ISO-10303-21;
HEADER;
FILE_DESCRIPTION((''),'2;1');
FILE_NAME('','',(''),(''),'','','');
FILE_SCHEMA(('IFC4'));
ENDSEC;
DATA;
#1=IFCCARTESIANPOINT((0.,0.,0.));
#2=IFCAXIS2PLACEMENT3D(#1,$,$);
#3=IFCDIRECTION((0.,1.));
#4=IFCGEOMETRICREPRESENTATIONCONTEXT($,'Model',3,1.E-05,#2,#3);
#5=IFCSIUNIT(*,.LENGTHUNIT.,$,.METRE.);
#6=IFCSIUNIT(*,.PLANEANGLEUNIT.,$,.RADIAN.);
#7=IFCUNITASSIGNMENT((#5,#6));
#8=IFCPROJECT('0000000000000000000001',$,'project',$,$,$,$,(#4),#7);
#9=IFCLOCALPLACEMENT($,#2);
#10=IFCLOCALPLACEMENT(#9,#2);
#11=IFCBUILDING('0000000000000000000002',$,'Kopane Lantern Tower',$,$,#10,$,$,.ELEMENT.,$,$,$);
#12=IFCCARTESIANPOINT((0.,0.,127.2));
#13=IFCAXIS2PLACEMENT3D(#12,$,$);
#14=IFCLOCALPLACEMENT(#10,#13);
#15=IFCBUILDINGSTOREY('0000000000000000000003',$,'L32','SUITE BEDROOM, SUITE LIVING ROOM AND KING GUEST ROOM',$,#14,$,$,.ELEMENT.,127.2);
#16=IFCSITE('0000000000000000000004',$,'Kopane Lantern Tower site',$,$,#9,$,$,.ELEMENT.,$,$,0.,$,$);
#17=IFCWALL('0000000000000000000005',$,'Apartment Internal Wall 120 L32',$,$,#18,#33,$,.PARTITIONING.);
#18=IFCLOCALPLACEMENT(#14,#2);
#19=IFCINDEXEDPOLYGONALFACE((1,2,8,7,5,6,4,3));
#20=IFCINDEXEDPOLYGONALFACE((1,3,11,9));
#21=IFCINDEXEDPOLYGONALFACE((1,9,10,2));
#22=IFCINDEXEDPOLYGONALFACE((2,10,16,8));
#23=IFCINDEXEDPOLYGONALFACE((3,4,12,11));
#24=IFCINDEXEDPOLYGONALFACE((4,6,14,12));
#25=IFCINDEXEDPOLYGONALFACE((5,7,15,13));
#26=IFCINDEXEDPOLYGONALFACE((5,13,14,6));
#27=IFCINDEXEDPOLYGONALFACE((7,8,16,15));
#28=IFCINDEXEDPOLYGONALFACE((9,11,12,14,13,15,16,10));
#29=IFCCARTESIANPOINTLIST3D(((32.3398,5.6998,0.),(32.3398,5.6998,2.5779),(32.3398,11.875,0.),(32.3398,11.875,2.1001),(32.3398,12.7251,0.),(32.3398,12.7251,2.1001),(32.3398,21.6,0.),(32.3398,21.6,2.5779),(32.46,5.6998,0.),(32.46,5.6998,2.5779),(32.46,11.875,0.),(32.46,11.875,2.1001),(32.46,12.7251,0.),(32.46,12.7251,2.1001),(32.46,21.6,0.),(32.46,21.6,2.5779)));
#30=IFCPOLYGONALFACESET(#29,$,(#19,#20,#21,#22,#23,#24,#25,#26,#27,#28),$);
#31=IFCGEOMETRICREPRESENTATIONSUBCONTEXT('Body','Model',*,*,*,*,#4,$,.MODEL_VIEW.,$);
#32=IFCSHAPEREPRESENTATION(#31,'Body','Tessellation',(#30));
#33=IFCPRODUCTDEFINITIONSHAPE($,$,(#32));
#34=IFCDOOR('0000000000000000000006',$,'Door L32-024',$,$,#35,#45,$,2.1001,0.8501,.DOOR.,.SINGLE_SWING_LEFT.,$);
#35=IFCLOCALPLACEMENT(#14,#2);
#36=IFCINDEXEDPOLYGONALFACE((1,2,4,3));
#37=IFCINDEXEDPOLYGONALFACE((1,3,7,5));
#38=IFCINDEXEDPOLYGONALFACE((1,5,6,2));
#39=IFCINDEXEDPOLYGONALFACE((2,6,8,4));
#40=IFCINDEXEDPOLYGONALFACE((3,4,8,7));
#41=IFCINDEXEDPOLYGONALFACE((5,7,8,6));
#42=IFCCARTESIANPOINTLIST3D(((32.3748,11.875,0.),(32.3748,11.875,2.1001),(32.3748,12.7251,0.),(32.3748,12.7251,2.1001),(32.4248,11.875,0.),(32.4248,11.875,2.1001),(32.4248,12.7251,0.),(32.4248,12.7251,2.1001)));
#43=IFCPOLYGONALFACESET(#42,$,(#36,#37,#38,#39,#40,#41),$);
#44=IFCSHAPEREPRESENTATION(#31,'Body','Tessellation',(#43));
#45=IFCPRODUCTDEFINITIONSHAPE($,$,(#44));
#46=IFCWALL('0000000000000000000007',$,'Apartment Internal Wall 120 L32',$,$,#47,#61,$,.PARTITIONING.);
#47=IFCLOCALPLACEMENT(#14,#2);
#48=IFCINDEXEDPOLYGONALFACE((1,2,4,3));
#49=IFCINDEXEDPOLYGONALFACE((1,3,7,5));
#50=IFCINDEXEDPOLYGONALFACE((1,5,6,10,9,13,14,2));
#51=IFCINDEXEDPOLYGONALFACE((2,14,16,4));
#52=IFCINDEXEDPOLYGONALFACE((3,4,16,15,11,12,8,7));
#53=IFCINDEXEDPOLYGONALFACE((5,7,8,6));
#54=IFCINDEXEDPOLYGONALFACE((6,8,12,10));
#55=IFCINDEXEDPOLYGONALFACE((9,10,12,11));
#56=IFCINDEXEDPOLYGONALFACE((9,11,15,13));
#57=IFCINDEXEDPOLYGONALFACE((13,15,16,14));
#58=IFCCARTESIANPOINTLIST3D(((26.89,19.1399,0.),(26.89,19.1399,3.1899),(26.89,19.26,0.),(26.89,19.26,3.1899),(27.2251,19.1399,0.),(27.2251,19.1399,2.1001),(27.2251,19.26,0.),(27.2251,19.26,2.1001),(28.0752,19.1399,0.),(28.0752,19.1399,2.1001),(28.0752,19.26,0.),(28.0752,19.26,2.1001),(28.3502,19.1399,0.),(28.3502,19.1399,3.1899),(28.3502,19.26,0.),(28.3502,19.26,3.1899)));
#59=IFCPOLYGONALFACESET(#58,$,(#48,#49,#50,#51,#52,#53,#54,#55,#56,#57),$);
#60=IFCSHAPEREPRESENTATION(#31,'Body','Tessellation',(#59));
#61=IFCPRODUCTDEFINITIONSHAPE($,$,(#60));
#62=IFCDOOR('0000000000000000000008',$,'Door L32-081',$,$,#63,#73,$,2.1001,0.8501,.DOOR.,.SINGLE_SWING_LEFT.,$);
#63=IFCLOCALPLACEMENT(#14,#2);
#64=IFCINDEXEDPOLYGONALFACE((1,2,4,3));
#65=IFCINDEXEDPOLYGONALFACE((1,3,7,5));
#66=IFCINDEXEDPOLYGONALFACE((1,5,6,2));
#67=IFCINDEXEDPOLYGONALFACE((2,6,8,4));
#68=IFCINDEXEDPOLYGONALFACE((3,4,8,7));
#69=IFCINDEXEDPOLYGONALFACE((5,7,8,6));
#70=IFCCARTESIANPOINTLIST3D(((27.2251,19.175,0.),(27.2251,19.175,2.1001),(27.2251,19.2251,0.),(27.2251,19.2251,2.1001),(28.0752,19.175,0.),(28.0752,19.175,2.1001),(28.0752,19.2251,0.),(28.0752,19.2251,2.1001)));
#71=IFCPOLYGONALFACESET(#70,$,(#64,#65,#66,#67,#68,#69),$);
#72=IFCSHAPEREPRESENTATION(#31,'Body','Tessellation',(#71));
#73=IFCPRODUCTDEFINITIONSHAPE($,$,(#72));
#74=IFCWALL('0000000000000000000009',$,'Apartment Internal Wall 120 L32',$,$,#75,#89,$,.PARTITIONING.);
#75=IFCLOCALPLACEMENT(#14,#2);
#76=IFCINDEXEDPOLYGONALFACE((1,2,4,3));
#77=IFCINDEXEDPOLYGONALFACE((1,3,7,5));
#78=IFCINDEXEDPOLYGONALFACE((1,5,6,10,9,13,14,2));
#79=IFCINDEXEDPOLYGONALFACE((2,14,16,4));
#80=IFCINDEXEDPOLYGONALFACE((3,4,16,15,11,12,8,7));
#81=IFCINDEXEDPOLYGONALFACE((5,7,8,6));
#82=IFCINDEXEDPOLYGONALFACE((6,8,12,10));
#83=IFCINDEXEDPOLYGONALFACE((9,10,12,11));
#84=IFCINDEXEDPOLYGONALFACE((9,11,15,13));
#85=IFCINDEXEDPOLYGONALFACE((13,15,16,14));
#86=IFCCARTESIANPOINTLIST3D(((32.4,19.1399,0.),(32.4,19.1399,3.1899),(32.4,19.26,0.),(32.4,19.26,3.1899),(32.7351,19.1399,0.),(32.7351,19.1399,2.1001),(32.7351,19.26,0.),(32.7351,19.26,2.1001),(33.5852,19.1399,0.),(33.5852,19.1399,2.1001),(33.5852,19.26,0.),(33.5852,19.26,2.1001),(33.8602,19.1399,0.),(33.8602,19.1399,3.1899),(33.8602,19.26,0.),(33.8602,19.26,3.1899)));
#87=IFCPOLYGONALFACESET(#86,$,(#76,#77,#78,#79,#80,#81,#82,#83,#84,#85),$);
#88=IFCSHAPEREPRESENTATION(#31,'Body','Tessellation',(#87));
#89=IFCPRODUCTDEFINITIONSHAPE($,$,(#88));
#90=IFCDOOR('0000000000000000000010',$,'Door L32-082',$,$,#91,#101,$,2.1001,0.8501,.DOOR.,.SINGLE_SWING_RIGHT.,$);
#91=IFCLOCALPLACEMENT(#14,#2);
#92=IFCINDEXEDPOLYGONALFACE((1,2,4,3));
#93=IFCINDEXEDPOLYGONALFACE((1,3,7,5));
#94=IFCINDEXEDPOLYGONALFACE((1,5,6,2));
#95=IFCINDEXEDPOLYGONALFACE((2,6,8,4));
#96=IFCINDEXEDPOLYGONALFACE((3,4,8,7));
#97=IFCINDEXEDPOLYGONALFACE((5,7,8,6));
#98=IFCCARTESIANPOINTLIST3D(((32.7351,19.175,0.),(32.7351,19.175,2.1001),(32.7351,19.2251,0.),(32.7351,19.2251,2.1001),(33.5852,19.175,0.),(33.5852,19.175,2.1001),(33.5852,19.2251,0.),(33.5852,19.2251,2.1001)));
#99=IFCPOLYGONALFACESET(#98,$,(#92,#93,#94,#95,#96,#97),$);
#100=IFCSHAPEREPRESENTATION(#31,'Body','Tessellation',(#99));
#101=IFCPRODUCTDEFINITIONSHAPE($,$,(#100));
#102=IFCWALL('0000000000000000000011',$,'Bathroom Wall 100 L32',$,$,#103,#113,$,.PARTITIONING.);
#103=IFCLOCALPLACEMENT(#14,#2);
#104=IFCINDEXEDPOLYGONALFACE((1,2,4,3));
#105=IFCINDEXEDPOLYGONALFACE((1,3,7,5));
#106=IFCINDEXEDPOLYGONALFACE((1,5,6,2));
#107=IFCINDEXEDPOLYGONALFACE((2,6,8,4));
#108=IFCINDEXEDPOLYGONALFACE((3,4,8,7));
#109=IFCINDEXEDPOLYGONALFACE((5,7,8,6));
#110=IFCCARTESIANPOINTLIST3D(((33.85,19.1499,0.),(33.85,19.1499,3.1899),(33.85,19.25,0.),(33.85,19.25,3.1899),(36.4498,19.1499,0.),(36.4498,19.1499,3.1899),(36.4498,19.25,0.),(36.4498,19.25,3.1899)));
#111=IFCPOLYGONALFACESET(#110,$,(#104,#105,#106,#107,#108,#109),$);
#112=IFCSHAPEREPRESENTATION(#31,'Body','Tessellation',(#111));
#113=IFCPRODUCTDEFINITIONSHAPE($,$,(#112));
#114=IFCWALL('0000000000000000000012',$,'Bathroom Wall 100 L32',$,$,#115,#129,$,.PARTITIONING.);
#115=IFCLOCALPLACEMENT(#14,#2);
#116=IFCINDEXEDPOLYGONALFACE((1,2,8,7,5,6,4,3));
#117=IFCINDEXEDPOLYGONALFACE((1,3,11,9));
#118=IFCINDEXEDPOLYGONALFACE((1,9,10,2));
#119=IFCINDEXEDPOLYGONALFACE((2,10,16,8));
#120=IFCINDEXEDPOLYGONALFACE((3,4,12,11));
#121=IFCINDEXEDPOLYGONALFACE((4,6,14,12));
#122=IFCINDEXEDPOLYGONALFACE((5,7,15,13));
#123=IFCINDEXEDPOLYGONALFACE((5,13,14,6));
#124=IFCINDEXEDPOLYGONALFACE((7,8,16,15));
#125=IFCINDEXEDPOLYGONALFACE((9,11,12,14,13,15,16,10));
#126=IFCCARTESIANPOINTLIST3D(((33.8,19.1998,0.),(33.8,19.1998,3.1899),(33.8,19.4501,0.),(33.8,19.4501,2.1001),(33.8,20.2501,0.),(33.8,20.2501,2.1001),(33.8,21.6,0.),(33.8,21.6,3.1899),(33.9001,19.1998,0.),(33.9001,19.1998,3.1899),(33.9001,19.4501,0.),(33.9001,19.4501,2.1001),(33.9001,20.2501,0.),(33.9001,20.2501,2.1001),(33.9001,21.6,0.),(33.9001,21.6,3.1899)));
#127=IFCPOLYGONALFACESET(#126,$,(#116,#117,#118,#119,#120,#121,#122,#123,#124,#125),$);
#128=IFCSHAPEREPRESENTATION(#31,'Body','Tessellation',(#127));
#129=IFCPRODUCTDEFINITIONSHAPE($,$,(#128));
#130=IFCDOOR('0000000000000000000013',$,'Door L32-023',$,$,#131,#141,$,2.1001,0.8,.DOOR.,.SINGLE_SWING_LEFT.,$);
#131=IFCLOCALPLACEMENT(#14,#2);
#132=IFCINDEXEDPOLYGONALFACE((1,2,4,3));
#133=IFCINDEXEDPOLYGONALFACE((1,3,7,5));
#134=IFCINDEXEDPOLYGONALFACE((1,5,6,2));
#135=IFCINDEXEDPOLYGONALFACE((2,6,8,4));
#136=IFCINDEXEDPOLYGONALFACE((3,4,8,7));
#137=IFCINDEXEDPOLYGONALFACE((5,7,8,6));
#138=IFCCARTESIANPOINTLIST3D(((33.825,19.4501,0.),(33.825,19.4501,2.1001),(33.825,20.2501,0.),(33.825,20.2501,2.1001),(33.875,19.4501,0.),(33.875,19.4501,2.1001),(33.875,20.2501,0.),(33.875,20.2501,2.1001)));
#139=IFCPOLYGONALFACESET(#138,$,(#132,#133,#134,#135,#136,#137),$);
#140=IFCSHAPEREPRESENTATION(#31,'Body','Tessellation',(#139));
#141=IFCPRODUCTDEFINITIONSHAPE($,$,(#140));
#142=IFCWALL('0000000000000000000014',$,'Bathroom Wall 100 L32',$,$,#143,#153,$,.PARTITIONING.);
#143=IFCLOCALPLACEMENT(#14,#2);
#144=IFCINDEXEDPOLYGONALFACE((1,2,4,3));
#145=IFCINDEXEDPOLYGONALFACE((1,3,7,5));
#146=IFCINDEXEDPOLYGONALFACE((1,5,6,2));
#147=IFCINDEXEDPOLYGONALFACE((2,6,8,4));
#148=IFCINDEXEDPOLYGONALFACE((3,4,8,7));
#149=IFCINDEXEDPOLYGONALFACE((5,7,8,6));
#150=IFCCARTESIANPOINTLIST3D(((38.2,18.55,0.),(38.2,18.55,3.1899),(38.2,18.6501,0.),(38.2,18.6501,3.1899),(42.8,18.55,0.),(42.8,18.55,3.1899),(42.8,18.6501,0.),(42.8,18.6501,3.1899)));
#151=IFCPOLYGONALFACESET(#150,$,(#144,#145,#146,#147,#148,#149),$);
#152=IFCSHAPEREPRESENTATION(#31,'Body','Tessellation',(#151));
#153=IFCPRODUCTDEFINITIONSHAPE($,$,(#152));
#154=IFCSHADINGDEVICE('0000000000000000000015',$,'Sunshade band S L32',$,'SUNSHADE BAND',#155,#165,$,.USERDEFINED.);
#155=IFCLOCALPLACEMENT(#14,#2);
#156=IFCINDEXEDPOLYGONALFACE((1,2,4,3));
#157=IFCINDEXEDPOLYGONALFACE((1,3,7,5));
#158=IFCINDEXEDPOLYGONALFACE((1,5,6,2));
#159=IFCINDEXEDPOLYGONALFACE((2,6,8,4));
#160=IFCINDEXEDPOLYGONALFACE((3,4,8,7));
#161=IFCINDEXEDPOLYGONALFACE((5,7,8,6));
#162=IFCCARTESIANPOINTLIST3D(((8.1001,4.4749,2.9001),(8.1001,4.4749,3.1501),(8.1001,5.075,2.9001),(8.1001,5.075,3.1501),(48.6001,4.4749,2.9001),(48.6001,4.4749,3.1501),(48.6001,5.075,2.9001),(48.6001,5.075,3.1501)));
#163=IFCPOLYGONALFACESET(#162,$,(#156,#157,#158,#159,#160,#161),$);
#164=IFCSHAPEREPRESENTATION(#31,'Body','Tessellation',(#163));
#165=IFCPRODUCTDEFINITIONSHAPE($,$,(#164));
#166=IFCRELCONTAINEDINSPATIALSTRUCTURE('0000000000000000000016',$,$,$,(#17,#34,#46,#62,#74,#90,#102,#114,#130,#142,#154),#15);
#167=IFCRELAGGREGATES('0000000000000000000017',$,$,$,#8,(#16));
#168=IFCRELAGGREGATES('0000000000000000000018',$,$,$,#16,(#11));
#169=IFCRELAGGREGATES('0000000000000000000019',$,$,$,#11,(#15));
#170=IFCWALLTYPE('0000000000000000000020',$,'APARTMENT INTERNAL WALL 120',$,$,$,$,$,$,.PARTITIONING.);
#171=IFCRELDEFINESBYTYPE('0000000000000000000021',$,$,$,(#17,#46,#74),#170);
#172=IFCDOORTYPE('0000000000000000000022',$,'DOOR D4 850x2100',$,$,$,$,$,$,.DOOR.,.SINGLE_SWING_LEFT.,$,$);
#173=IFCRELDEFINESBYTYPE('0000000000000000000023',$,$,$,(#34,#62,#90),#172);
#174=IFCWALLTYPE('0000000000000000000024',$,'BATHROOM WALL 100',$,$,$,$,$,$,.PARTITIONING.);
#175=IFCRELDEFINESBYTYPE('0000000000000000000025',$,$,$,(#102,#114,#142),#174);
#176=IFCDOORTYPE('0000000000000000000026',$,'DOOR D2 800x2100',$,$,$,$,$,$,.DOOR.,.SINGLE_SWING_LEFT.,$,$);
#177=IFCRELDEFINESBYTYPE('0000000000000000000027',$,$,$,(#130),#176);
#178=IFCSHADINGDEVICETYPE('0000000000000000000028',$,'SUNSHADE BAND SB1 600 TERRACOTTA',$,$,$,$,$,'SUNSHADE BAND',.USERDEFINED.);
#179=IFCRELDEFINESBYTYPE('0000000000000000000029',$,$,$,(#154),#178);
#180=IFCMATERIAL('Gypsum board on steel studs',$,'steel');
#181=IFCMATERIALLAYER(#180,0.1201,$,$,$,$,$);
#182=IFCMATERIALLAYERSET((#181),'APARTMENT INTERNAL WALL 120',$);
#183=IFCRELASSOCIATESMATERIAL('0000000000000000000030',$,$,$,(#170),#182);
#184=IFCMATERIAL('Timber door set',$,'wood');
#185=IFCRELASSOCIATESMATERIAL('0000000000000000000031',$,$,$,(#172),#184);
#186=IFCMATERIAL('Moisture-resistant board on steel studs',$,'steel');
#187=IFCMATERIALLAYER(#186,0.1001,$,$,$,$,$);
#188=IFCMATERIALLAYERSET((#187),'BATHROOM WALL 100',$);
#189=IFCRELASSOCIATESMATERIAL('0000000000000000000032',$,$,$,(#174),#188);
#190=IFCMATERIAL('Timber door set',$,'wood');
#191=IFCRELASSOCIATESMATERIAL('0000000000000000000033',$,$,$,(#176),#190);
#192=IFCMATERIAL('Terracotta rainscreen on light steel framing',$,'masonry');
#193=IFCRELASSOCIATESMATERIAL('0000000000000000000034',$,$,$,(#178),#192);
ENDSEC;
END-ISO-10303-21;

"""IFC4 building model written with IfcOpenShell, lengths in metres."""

from ifc_helpers import new_model, si_unit, direction, frame, frame_2d, origin, origin_2d, place, context, subcontext, project, spatial, rectangle, extrude, material, layer, layer_set, type_object, element, fill, save


model = new_model("IFC4")

# Units and contexts
model_context = context("Model", 3, precision=1e-05, world=origin(), true_north=direction((0.0, 1.0)))
body_context = subcontext(model_context, "Body", "Model", "MODEL_VIEW")
ifc_project = project(units=[si_unit("LENGTHUNIT", "METRE"), si_unit("PLANEANGLEUNIT", "RADIAN")], contexts=[model_context])

# Site, building, storey
site_placement = place(None, origin())
site = spatial("IfcSite", under=ifc_project, at=site_placement, Name="Kopane Lantern Tower site", CompositionType="ELEMENT", RefElevation=0.0)
building_placement = place(site_placement, origin())
building = spatial("IfcBuilding", under=site, at=building_placement, Name="Kopane Lantern Tower", CompositionType="ELEMENT")
storey_placement = place(building_placement, frame((0.0, 0.0, 127.2)))
storey = spatial("IfcBuildingStorey", under=building, at=storey_placement, Name="L32", Description="SUITE BEDROOM, SUITE LIVING ROOM AND KING GUEST ROOM", CompositionType="ELEMENT", Elevation=127.2)

# Walls, openings, doors
ifc_material_1 = material(Name="Gypsum board on steel studs", Category="steel")
ifc_layer_1 = layer(ifc_material_1, 0.1201)
ifc_layer_set_1 = layer_set([ifc_layer_1], Name="APARTMENT INTERNAL WALL 120")
wall_type_1 = type_object("IfcWallType", Name="APARTMENT INTERNAL WALL 120", PredefinedType="PARTITIONING", material=ifc_layer_set_1)
ifc_material_2 = material(Name="Timber door set", Category="wood")
door_type_1 = type_object("IfcDoorType", Name="DOOR D4 850x2100", OperationType="SINGLE_SWING_LEFT", PredefinedType="DOOR", material=ifc_material_2)
wall_1_placement = place(storey_placement, frame((32.3999, 21.6001, 0.0), z_axis=(0.0, 0.0, 1.0), x_axis=(0.0, -1.0, 0.0)))
wall_1 = element("IfcWall", 1, at=wall_1_placement, inside=storey, type_object=wall_type_1, Name="Apartment Internal Wall 120 L32", PredefinedType="PARTITIONING", context=body_context, shape_type="SweptSolid", body=[
    extrude(rectangle(XDim=15.9001, YDim=0.1201, at=frame_2d((7.9502, 0.0))), origin(), (0.0, 0.0, 1.0), 2.5779),
])
opening_1_placement = place(wall_1_placement, frame((8.875, 0.0, 0.0)))
opening_1 = element("IfcOpeningElement", 2, at=opening_1_placement, cuts=wall_1, PredefinedType="OPENING", context=body_context, shape_type="SweptSolid", body=[
    extrude(rectangle(XDim=0.8501, YDim=2.1001, at=frame_2d((0.425, 1.05))), frame((0.0, 0.0701, 0.0), z_axis=(0.0, -1.0, 0.0), x_axis=(1.0, 0.0, 0.0)), (0.0, 0.0, 1.0), 0.1401),
])
door_1_placement = place(opening_1_placement, origin())
door_1 = element("IfcDoor", 3, at=door_1_placement, inside=storey, type_object=door_type_1, Name="Door L32-024", OperationType="SINGLE_SWING_LEFT", OverallHeight=2.1001, OverallWidth=0.8501, PredefinedType="DOOR", context=body_context, shape_type="SweptSolid", body=[
    extrude(rectangle(XDim=0.8501, YDim=2.1001, at=frame_2d((0.425, 1.05))), frame((0.0, 0.0249, 0.0), z_axis=(0.0, -1.0, 0.0), x_axis=(1.0, 0.0, 0.0)), (0.0, 0.0, 1.0), 0.05),
])
fill(opening_1, door_1)
wall_2_placement = place(storey_placement, frame((28.3501, 19.2, 0.0), z_axis=(0.0, 0.0, 1.0), x_axis=(-1.0, 0.0, 0.0)))
wall_2 = element("IfcWall", 4, at=wall_2_placement, inside=storey, type_object=wall_type_1, Name="Apartment Internal Wall 120 L32", PredefinedType="PARTITIONING", context=body_context, shape_type="SweptSolid", body=[
    extrude(rectangle(XDim=1.4602, YDim=0.1201, at=frame_2d((0.73, 0.0))), origin(), (0.0, 0.0, 1.0), 3.1899),
])
opening_2_placement = place(wall_2_placement, frame((0.2749, 0.0, 0.0)))
opening_2 = element("IfcOpeningElement", 5, at=opening_2_placement, cuts=wall_2, PredefinedType="OPENING", context=body_context, shape_type="SweptSolid", body=[
    extrude(rectangle(XDim=0.8501, YDim=2.1001, at=frame_2d((0.425, 1.05))), frame((0.0, 0.0701, 0.0), z_axis=(0.0, -1.0, 0.0), x_axis=(1.0, 0.0, 0.0)), (0.0, 0.0, 1.0), 0.1401),
])
door_2_placement = place(opening_2_placement, origin())
door_2 = element("IfcDoor", 6, at=door_2_placement, inside=storey, type_object=door_type_1, Name="Door L32-081", OperationType="SINGLE_SWING_LEFT", OverallHeight=2.1001, OverallWidth=0.8501, PredefinedType="DOOR", context=body_context, shape_type="SweptSolid", body=[
    extrude(rectangle(XDim=0.8501, YDim=2.1001, at=frame_2d((0.425, 1.05))), frame((0.0, 0.0249, 0.0), z_axis=(0.0, -1.0, 0.0), x_axis=(1.0, 0.0, 0.0)), (0.0, 0.0, 1.0), 0.05),
])
fill(opening_2, door_2)
wall_3_placement = place(storey_placement, frame((33.8601, 19.2, 0.0), z_axis=(0.0, 0.0, 1.0), x_axis=(-1.0, 0.0, 0.0)))
wall_3 = element("IfcWall", 7, at=wall_3_placement, inside=storey, type_object=wall_type_1, Name="Apartment Internal Wall 120 L32", PredefinedType="PARTITIONING", context=body_context, shape_type="SweptSolid", body=[
    extrude(rectangle(XDim=1.4602, YDim=0.1201, at=frame_2d((0.73, 0.0))), origin(), (0.0, 0.0, 1.0), 3.1899),
])
opening_3_placement = place(wall_3_placement, frame((0.2749, 0.0, 0.0)))
opening_3 = element("IfcOpeningElement", 8, at=opening_3_placement, cuts=wall_3, PredefinedType="OPENING", context=body_context, shape_type="SweptSolid", body=[
    extrude(rectangle(XDim=0.8501, YDim=2.1001, at=frame_2d((0.425, 1.05))), frame((0.0, 0.0701, 0.0), z_axis=(0.0, -1.0, 0.0), x_axis=(1.0, 0.0, 0.0)), (0.0, 0.0, 1.0), 0.1401),
])
door_3_placement = place(opening_3_placement, origin())
door_3 = element("IfcDoor", 9, at=door_3_placement, inside=storey, type_object=door_type_1, Name="Door L32-082", OperationType="SINGLE_SWING_RIGHT", OverallHeight=2.1001, OverallWidth=0.8501, PredefinedType="DOOR", context=body_context, shape_type="SweptSolid", body=[
    extrude(rectangle(XDim=0.8501, YDim=2.1001, at=frame_2d((0.425, 1.05))), frame((0.0, 0.0249, 0.0), z_axis=(0.0, -1.0, 0.0), x_axis=(1.0, 0.0, 0.0)), (0.0, 0.0, 1.0), 0.05),
])
fill(opening_3, door_3)

# Wall
ifc_material_3 = material(Name="Moisture-resistant board on steel studs", Category="steel")
ifc_layer_2 = layer(ifc_material_3, 0.1001)
ifc_layer_set_2 = layer_set([ifc_layer_2], Name="BATHROOM WALL 100")
wall_type_2 = type_object("IfcWallType", Name="BATHROOM WALL 100", PredefinedType="PARTITIONING", material=ifc_layer_set_2)
wall_4_placement = place(storey_placement, frame((33.8501, 19.2, 0.0), z_axis=(0.0, 0.0, 1.0), x_axis=(1.0, 0.0, 0.0)))
element("IfcWall", 10, at=wall_4_placement, inside=storey, type_object=wall_type_2, Name="Bathroom Wall 100 L32", PredefinedType="PARTITIONING", context=body_context, shape_type="SweptSolid", body=[
    extrude(rectangle(XDim=2.5999, YDim=0.1001, at=frame_2d((1.2998, 0.0))), origin(), (0.0, 0.0, 1.0), 3.1899),
])

# Wall, opening, door
wall_5_placement = place(storey_placement, frame((33.8501, 21.6001, 0.0), z_axis=(0.0, 0.0, 1.0), x_axis=(0.0, -1.0, 0.0)))
wall_5 = element("IfcWall", 11, at=wall_5_placement, inside=storey, type_object=wall_type_2, Name="Bathroom Wall 100 L32", PredefinedType="PARTITIONING", context=body_context, shape_type="SweptSolid", body=[
    extrude(rectangle(XDim=2.4001, YDim=0.1001, at=frame_2d((1.2002, 0.0))), origin(), (0.0, 0.0, 1.0), 3.1899),
])
opening_4_placement = place(wall_5_placement, frame((1.3501, 0.0, 0.0)))
opening_4 = element("IfcOpeningElement", 12, at=opening_4_placement, cuts=wall_5, PredefinedType="OPENING", context=body_context, shape_type="SweptSolid", body=[
    extrude(rectangle(XDim=0.8, YDim=2.1001, at=frame_2d((0.3999, 1.05))), frame((0.0, 0.0601, 0.0), z_axis=(0.0, -1.0, 0.0), x_axis=(1.0, 0.0, 0.0)), (0.0, 0.0, 1.0), 0.1201),
])
ifc_material_4 = material(Name="Timber door set", Category="wood")
door_type_2 = type_object("IfcDoorType", Name="DOOR D2 800x2100", OperationType="SINGLE_SWING_LEFT", PredefinedType="DOOR", material=ifc_material_4)
door_4_placement = place(opening_4_placement, origin())
door_4 = element("IfcDoor", 13, at=door_4_placement, inside=storey, type_object=door_type_2, Name="Door L32-023", OperationType="SINGLE_SWING_LEFT", OverallHeight=2.1001, OverallWidth=0.8, PredefinedType="DOOR", context=body_context, shape_type="SweptSolid", body=[
    extrude(rectangle(XDim=0.8, YDim=2.1001, at=frame_2d((0.3999, 1.05))), frame((0.0, 0.0249, 0.0), z_axis=(0.0, -1.0, 0.0), x_axis=(1.0, 0.0, 0.0)), (0.0, 0.0, 1.0), 0.05),
])
fill(opening_4, door_4)

# Wall
wall_6_placement = place(storey_placement, frame((38.2, 18.6001, 0.0), z_axis=(0.0, 0.0, 1.0), x_axis=(1.0, 0.0, 0.0)))
element("IfcWall", 14, at=wall_6_placement, inside=storey, type_object=wall_type_2, Name="Bathroom Wall 100 L32", PredefinedType="PARTITIONING", context=body_context, shape_type="SweptSolid", body=[
    extrude(rectangle(XDim=4.6001, YDim=0.1001, at=frame_2d((2.3, 0.0))), origin(), (0.0, 0.0, 1.0), 3.1899),
])

# Shading device
ifc_material_5 = material(Name="Terracotta rainscreen on light steel framing", Category="masonry")
shading_device_type = type_object("IfcShadingDeviceType", Name="SUNSHADE BAND SB1 600 TERRACOTTA", ElementType="SUNSHADE BAND", PredefinedType="USERDEFINED", material=ifc_material_5)
shading_device_placement = place(storey_placement, frame((28.3501, 4.7749, 2.9001), z_axis=(0.0, 0.0, 1.0), x_axis=(1.0, 0.0, 0.0)))
element("IfcShadingDevice", 15, at=shading_device_placement, inside=storey, type_object=shading_device_type, Name="Sunshade band S L32", ObjectType="SUNSHADE BAND", PredefinedType="USERDEFINED", context=body_context, shape_type="SweptSolid", body=[
    extrude(rectangle(XDim=40.5, YDim=0.6001, at=origin_2d()), origin(), (0.0, 0.0, 1.0), 0.25),
])

save(model, "model.ifc")
